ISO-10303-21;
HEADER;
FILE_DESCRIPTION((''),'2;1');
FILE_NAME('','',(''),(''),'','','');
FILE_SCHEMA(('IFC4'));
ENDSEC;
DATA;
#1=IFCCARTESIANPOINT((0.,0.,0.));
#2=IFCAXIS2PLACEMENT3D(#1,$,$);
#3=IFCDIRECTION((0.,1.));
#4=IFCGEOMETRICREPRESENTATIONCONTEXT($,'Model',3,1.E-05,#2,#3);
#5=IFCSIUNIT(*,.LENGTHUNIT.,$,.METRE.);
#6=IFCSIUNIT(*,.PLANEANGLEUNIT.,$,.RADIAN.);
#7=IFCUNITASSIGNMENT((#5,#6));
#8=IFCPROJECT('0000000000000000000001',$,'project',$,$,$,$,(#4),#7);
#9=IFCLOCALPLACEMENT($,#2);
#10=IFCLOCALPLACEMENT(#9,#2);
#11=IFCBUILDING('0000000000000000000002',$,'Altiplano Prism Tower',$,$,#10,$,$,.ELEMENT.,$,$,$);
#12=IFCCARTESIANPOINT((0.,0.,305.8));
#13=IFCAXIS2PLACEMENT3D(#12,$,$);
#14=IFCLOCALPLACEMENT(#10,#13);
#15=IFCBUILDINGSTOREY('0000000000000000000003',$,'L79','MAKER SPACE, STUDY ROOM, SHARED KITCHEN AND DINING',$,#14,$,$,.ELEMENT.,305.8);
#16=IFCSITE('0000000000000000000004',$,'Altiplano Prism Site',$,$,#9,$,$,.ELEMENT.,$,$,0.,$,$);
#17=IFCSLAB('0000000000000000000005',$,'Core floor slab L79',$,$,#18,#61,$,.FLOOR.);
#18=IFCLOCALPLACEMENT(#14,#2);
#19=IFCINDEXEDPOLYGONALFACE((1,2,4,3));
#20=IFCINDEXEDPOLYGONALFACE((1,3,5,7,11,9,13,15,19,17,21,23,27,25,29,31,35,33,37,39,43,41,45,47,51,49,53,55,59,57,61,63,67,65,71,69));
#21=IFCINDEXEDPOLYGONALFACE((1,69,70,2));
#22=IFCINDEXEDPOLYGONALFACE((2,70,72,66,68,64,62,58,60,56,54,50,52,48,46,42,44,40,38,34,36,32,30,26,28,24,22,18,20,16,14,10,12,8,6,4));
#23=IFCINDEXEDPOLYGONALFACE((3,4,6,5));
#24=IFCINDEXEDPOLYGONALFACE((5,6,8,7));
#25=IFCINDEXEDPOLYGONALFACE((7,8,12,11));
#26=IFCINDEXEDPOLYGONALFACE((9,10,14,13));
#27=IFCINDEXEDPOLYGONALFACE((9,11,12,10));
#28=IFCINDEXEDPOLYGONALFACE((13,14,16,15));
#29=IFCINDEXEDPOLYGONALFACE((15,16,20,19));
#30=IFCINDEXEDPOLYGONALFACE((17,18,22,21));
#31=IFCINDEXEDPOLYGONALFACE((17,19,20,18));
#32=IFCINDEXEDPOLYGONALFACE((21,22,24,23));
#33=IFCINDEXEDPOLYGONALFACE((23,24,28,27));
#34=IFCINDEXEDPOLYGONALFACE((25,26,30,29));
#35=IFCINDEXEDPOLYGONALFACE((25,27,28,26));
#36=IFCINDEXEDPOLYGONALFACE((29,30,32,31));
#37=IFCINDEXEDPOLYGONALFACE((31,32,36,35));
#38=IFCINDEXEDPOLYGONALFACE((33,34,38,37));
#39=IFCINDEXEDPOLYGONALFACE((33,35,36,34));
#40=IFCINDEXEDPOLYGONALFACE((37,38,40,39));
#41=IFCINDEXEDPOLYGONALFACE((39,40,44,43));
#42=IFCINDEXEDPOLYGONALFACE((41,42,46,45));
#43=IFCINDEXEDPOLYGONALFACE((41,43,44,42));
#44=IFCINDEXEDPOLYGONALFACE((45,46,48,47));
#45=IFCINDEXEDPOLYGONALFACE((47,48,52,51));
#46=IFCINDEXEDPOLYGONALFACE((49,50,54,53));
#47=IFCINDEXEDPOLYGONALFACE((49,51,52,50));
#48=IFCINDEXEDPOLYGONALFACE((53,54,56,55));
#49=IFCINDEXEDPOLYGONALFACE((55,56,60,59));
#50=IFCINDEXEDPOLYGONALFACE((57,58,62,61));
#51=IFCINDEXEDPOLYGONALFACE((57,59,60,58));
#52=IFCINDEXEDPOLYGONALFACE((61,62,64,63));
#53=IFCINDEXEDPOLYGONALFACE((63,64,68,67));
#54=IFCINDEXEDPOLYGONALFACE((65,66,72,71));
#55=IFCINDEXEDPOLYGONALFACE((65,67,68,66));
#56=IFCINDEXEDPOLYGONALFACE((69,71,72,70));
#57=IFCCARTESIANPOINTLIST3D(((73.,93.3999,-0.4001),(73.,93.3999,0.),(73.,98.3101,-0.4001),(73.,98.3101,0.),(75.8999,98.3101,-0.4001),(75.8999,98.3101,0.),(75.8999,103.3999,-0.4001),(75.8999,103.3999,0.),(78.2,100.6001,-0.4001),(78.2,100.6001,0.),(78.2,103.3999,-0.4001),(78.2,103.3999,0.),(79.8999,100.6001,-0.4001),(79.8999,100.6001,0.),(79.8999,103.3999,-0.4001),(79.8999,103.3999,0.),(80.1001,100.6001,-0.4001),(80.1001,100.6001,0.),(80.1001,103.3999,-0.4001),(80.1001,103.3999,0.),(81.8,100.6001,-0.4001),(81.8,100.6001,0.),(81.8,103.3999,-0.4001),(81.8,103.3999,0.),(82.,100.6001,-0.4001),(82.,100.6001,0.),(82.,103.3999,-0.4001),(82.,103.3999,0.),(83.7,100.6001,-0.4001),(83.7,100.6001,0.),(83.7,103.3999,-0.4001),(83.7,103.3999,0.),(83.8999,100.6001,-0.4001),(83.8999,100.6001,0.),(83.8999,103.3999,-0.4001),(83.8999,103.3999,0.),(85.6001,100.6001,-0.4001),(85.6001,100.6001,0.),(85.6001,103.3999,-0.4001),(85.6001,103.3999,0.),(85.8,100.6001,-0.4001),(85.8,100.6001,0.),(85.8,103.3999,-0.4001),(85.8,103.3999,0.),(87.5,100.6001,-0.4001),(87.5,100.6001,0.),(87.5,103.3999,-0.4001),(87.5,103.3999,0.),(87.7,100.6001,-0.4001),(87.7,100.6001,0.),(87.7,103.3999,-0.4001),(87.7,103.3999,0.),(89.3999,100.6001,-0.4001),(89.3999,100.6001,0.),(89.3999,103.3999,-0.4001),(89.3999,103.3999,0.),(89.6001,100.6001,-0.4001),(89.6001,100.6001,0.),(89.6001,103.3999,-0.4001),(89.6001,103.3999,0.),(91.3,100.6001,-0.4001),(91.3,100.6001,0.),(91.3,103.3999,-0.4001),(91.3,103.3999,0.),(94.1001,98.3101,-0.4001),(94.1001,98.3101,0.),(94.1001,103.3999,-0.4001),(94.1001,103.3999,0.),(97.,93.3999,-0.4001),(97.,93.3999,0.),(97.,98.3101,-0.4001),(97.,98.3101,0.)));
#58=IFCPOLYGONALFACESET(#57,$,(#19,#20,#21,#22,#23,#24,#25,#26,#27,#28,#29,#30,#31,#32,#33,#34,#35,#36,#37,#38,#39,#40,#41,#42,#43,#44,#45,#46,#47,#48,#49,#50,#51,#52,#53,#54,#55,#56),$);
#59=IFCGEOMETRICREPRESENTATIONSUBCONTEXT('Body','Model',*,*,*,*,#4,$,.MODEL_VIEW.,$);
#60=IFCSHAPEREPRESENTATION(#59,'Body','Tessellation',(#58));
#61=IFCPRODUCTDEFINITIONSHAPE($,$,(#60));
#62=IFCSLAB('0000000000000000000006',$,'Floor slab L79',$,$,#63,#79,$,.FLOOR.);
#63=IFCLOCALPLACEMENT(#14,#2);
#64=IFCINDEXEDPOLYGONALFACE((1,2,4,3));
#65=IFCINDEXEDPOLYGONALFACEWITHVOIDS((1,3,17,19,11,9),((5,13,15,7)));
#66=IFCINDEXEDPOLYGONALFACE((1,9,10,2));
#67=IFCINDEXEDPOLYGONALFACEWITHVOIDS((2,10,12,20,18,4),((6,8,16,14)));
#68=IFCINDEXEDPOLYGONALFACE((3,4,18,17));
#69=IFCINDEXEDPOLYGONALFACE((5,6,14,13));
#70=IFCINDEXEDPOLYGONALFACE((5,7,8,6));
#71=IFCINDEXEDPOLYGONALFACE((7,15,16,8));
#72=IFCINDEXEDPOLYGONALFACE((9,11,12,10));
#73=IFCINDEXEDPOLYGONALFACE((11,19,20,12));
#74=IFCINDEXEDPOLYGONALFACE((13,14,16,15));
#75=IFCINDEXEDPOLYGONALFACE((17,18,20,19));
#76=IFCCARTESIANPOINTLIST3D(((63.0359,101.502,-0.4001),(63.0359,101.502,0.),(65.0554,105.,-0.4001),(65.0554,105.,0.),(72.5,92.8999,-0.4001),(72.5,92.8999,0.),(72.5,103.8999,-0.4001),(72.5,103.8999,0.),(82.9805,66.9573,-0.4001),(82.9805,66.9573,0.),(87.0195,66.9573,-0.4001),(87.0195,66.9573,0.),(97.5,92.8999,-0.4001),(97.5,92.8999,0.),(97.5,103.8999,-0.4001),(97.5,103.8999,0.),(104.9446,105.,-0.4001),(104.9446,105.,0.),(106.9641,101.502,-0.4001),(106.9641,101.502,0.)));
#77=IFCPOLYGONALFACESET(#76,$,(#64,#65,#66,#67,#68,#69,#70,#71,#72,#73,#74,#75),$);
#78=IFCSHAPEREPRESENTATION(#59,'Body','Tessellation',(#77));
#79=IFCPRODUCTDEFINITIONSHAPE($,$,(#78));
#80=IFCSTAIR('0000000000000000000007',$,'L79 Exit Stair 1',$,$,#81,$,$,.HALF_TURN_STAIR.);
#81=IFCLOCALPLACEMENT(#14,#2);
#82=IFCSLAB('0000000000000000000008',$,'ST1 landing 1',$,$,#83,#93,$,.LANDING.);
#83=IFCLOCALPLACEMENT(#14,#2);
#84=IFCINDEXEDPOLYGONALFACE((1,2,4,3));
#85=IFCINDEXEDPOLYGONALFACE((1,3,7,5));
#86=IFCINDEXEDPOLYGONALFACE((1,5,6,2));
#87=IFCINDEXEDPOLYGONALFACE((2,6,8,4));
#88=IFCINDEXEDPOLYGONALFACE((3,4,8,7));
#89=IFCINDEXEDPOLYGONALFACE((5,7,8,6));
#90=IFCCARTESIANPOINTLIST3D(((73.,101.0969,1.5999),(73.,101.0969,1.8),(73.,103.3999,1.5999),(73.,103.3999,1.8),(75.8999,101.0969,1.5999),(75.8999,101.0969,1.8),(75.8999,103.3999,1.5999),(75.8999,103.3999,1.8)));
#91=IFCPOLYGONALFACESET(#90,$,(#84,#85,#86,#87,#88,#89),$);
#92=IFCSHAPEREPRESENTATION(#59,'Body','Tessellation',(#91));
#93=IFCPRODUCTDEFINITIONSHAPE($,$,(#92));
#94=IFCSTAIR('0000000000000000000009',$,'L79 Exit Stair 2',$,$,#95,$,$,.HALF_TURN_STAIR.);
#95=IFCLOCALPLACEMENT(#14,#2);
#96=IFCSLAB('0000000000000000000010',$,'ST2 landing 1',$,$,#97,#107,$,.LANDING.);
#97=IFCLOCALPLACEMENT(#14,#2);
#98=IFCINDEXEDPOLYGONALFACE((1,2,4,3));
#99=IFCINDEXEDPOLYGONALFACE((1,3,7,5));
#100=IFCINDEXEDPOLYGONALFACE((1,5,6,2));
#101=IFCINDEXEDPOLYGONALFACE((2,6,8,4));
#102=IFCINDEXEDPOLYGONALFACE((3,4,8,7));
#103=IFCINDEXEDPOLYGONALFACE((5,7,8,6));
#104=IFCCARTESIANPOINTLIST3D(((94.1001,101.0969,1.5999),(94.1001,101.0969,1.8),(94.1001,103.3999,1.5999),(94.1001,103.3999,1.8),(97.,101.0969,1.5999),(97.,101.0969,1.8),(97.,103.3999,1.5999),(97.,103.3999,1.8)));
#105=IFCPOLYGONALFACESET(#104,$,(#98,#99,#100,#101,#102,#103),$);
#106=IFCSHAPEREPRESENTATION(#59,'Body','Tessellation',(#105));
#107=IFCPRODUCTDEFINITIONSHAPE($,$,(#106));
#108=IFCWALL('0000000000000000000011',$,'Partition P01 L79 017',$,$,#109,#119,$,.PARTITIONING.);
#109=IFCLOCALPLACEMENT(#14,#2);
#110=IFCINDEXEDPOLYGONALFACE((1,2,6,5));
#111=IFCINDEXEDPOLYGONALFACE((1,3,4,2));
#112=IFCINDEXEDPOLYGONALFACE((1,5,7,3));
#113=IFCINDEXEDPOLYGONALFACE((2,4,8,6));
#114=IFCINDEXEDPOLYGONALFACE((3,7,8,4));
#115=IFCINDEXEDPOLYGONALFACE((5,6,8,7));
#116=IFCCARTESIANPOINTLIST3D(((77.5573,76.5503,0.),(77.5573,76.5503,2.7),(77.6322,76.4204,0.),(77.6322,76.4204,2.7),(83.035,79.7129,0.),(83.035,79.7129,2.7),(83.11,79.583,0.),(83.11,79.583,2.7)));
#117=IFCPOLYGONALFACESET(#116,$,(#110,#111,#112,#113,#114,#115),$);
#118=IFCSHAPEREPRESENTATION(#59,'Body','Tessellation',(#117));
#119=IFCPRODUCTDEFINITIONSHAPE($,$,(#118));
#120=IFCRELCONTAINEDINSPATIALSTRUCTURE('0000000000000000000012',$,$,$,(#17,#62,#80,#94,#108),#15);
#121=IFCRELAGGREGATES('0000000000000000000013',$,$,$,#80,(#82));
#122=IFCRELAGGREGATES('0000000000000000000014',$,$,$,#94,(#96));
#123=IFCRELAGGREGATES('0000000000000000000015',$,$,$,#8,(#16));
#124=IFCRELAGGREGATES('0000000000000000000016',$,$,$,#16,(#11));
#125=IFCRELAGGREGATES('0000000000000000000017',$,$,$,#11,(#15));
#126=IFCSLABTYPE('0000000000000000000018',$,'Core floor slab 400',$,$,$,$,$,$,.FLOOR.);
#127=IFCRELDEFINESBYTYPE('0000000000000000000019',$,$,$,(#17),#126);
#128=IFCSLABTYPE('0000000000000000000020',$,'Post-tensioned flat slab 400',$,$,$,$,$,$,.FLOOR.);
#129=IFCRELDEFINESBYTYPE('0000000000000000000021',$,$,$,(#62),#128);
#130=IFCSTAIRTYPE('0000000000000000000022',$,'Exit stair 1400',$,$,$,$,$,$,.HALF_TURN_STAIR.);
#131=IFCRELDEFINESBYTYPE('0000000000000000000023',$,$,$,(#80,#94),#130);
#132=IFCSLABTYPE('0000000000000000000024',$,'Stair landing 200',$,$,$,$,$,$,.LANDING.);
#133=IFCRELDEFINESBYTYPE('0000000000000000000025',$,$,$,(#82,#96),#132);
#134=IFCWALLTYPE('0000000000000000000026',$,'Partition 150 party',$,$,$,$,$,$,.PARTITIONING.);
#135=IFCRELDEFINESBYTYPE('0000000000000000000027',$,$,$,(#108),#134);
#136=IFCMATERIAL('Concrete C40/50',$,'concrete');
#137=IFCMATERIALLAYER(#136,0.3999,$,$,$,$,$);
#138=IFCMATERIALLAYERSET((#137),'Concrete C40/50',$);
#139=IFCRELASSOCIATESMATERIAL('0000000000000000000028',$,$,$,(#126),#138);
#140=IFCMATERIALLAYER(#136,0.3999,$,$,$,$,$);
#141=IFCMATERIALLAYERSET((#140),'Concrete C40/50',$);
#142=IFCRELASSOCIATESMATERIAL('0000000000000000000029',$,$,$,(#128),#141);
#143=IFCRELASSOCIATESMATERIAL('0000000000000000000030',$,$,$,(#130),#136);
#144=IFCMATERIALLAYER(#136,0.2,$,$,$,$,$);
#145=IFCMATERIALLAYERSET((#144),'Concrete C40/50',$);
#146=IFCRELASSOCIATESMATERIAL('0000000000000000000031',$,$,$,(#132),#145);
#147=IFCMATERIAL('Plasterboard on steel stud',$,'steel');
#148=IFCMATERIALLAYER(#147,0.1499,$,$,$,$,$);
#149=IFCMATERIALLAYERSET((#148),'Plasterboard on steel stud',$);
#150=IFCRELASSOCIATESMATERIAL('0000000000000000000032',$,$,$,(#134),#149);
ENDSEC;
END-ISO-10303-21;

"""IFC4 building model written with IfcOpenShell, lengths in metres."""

from ifc_helpers import new_model, si_unit, direction, frame, frame_2d, origin, place, context, subcontext, project, spatial, polyline, rectangle, outline, extrude, material, layer, layer_set, type_object, element, aggregate, save


model = new_model("IFC4")

# Units and contexts
model_context = context("Model", 3, precision=1e-05, world=origin(), true_north=direction((0.0, 1.0)))
body_context = subcontext(model_context, "Body", "Model", "MODEL_VIEW")
ifc_project = project(units=[si_unit("LENGTHUNIT", "METRE"), si_unit("PLANEANGLEUNIT", "RADIAN")], contexts=[model_context])

# Site, building, storey
site_placement = place(None, origin())
site = spatial("IfcSite", under=ifc_project, at=site_placement, Name="Altiplano Prism Site", CompositionType="ELEMENT", RefElevation=0.0)
building_placement = place(site_placement, origin())
building = spatial("IfcBuilding", under=site, at=building_placement, Name="Altiplano Prism Tower", CompositionType="ELEMENT")
storey_placement = place(building_placement, frame((0.0, 0.0, 305.8)))
storey = spatial("IfcBuildingStorey", under=building, at=storey_placement, Name="L79", Description="MAKER SPACE, STUDY ROOM, SHARED KITCHEN AND DINING", CompositionType="ELEMENT", Elevation=305.8)

# Slabs
ifc_material_1 = material(Name="Concrete C40/50", Category="concrete")
ifc_layer_1 = layer(ifc_material_1, 0.3999)
ifc_layer_set_1 = layer_set([ifc_layer_1], Name="Concrete C40/50")
slab_type_1 = type_object("IfcSlabType", Name="Core floor slab 400", PredefinedType="FLOOR", material=ifc_layer_set_1)
slab_1_placement = place(storey_placement, frame((0.0, 0.0, -0.4001)))
element("IfcSlab", 1, at=slab_1_placement, inside=storey, type_object=slab_type_1, Name="Core floor slab L79", PredefinedType="FLOOR", context=body_context, shape_type="SweptSolid", body=[
    extrude(outline(polyline([(97.0, 98.3101), (94.1001, 98.3101), (94.1001, 103.3999), (91.3, 103.3999), (91.3, 100.6001), (89.6001, 100.6001), (89.6001, 103.3999), (89.3999, 103.3999), (89.3999, 100.6001), (87.7, 100.6001), (87.7, 103.3999), (87.5, 103.3999), (87.5, 100.6001), (85.8, 100.6001), (85.8, 103.3999), (85.6001, 103.3999), (85.6001, 100.6001), (83.8999, 100.6001), (83.8999, 103.3999), (83.7, 103.3999), (83.7, 100.6001), (82.0, 100.6001), (82.0, 103.3999), (81.8, 103.3999), (81.8, 100.6001), (80.1001, 100.6001), (80.1001, 103.3999), (79.8999, 103.3999), (79.8999, 100.6001), (78.2, 100.6001), (78.2, 103.3999), (75.8999, 103.3999), (75.8999, 98.3101), (73.0, 98.3101), (73.0, 93.3999), (97.0, 93.3999), (97.0, 98.3101)])), origin(), (0.0, 0.0, 1.0), 0.4001),
])
ifc_layer_2 = layer(ifc_material_1, 0.3999)
ifc_layer_set_2 = layer_set([ifc_layer_2], Name="Concrete C40/50")
slab_type_2 = type_object("IfcSlabType", Name="Post-tensioned flat slab 400", PredefinedType="FLOOR", material=ifc_layer_set_2)
slab_2_placement = place(storey_placement, frame((0.0, 0.0, -0.4001)))
element("IfcSlab", 2, at=slab_2_placement, inside=storey, type_object=slab_type_2, Name="Floor slab L79", PredefinedType="FLOOR", context=body_context, shape_type="SweptSolid", body=[
    extrude(outline(polyline([(106.9641, 101.502), (87.0195, 66.9573), (82.9805, 66.9573), (63.0359, 101.502), (65.0554, 105.0), (104.9446, 105.0), (106.9641, 101.502)]), holes=[polyline([(97.5, 92.8999), (97.5, 103.8999), (72.5, 103.8999), (72.5, 92.8999), (97.5, 92.8999)])]), origin(), (0.0, 0.0, 1.0), 0.4001),
])

# Stairs, slabs
stair_type = type_object("IfcStairType", Name="Exit stair 1400", PredefinedType="HALF_TURN_STAIR", material=ifc_material_1)
stair_1_placement = place(storey_placement, origin())
stair_1 = element("IfcStair", 3, at=stair_1_placement, inside=storey, type_object=stair_type, Name="L79 Exit Stair 1", PredefinedType="HALF_TURN_STAIR")
ifc_layer_3 = layer(ifc_material_1, 0.2)
ifc_layer_set_3 = layer_set([ifc_layer_3], Name="Concrete C40/50")
slab_type_3 = type_object("IfcSlabType", Name="Stair landing 200", PredefinedType="LANDING", material=ifc_layer_set_3)
slab_3_placement = place(storey_placement, frame((0.0, 0.0, 1.5999)))
slab_3 = element("IfcSlab", 4, at=slab_3_placement, type_object=slab_type_3, Name="ST1 landing 1", PredefinedType="LANDING", context=body_context, shape_type="SweptSolid", body=[
    extrude(outline(polyline([(75.8999, 101.0969), (75.8999, 103.3999), (73.0, 103.3999), (73.0, 101.0969), (75.8999, 101.0969)])), origin(), (0.0, 0.0, 1.0), 0.2002),
])
aggregate(stair_1, [slab_3])
stair_2_placement = place(storey_placement, origin())
stair_2 = element("IfcStair", 5, at=stair_2_placement, inside=storey, type_object=stair_type, Name="L79 Exit Stair 2", PredefinedType="HALF_TURN_STAIR")
slab_4_placement = place(storey_placement, frame((0.0, 0.0, 1.5999)))
slab_4 = element("IfcSlab", 6, at=slab_4_placement, type_object=slab_type_3, Name="ST2 landing 1", PredefinedType="LANDING", context=body_context, shape_type="SweptSolid", body=[
    extrude(outline(polyline([(97.0, 101.0969), (97.0, 103.3999), (94.1001, 103.3999), (94.1001, 101.0969), (97.0, 101.0969)])), origin(), (0.0, 0.0, 1.0), 0.2002),
])
aggregate(stair_2, [slab_4])

# Wall
ifc_material_2 = material(Name="Plasterboard on steel stud", Category="steel")
ifc_layer_4 = layer(ifc_material_2, 0.1499)
ifc_layer_set_4 = layer_set([ifc_layer_4], Name="Plasterboard on steel stud")
wall_type = type_object("IfcWallType", Name="Partition 150 party", PredefinedType="PARTITIONING", material=ifc_layer_set_4)
wall_placement = place(storey_placement, frame((77.5947, 76.4854, 0.0), z_axis=(0.0, 0.0, 1.0), x_axis=(0.866026, 0.5, 0.0)))
element("IfcWall", 7, at=wall_placement, inside=storey, type_object=wall_type, Name="Partition P01 L79 017", PredefinedType="PARTITIONING", context=body_context, shape_type="SweptSolid", body=[
    extrude(rectangle(XDim=6.3252, YDim=0.1499, at=frame_2d((3.1626, 0.0))), origin(), (0.0, 0.0, 1.0), 2.7),
])

save(model, "model.ifc")
